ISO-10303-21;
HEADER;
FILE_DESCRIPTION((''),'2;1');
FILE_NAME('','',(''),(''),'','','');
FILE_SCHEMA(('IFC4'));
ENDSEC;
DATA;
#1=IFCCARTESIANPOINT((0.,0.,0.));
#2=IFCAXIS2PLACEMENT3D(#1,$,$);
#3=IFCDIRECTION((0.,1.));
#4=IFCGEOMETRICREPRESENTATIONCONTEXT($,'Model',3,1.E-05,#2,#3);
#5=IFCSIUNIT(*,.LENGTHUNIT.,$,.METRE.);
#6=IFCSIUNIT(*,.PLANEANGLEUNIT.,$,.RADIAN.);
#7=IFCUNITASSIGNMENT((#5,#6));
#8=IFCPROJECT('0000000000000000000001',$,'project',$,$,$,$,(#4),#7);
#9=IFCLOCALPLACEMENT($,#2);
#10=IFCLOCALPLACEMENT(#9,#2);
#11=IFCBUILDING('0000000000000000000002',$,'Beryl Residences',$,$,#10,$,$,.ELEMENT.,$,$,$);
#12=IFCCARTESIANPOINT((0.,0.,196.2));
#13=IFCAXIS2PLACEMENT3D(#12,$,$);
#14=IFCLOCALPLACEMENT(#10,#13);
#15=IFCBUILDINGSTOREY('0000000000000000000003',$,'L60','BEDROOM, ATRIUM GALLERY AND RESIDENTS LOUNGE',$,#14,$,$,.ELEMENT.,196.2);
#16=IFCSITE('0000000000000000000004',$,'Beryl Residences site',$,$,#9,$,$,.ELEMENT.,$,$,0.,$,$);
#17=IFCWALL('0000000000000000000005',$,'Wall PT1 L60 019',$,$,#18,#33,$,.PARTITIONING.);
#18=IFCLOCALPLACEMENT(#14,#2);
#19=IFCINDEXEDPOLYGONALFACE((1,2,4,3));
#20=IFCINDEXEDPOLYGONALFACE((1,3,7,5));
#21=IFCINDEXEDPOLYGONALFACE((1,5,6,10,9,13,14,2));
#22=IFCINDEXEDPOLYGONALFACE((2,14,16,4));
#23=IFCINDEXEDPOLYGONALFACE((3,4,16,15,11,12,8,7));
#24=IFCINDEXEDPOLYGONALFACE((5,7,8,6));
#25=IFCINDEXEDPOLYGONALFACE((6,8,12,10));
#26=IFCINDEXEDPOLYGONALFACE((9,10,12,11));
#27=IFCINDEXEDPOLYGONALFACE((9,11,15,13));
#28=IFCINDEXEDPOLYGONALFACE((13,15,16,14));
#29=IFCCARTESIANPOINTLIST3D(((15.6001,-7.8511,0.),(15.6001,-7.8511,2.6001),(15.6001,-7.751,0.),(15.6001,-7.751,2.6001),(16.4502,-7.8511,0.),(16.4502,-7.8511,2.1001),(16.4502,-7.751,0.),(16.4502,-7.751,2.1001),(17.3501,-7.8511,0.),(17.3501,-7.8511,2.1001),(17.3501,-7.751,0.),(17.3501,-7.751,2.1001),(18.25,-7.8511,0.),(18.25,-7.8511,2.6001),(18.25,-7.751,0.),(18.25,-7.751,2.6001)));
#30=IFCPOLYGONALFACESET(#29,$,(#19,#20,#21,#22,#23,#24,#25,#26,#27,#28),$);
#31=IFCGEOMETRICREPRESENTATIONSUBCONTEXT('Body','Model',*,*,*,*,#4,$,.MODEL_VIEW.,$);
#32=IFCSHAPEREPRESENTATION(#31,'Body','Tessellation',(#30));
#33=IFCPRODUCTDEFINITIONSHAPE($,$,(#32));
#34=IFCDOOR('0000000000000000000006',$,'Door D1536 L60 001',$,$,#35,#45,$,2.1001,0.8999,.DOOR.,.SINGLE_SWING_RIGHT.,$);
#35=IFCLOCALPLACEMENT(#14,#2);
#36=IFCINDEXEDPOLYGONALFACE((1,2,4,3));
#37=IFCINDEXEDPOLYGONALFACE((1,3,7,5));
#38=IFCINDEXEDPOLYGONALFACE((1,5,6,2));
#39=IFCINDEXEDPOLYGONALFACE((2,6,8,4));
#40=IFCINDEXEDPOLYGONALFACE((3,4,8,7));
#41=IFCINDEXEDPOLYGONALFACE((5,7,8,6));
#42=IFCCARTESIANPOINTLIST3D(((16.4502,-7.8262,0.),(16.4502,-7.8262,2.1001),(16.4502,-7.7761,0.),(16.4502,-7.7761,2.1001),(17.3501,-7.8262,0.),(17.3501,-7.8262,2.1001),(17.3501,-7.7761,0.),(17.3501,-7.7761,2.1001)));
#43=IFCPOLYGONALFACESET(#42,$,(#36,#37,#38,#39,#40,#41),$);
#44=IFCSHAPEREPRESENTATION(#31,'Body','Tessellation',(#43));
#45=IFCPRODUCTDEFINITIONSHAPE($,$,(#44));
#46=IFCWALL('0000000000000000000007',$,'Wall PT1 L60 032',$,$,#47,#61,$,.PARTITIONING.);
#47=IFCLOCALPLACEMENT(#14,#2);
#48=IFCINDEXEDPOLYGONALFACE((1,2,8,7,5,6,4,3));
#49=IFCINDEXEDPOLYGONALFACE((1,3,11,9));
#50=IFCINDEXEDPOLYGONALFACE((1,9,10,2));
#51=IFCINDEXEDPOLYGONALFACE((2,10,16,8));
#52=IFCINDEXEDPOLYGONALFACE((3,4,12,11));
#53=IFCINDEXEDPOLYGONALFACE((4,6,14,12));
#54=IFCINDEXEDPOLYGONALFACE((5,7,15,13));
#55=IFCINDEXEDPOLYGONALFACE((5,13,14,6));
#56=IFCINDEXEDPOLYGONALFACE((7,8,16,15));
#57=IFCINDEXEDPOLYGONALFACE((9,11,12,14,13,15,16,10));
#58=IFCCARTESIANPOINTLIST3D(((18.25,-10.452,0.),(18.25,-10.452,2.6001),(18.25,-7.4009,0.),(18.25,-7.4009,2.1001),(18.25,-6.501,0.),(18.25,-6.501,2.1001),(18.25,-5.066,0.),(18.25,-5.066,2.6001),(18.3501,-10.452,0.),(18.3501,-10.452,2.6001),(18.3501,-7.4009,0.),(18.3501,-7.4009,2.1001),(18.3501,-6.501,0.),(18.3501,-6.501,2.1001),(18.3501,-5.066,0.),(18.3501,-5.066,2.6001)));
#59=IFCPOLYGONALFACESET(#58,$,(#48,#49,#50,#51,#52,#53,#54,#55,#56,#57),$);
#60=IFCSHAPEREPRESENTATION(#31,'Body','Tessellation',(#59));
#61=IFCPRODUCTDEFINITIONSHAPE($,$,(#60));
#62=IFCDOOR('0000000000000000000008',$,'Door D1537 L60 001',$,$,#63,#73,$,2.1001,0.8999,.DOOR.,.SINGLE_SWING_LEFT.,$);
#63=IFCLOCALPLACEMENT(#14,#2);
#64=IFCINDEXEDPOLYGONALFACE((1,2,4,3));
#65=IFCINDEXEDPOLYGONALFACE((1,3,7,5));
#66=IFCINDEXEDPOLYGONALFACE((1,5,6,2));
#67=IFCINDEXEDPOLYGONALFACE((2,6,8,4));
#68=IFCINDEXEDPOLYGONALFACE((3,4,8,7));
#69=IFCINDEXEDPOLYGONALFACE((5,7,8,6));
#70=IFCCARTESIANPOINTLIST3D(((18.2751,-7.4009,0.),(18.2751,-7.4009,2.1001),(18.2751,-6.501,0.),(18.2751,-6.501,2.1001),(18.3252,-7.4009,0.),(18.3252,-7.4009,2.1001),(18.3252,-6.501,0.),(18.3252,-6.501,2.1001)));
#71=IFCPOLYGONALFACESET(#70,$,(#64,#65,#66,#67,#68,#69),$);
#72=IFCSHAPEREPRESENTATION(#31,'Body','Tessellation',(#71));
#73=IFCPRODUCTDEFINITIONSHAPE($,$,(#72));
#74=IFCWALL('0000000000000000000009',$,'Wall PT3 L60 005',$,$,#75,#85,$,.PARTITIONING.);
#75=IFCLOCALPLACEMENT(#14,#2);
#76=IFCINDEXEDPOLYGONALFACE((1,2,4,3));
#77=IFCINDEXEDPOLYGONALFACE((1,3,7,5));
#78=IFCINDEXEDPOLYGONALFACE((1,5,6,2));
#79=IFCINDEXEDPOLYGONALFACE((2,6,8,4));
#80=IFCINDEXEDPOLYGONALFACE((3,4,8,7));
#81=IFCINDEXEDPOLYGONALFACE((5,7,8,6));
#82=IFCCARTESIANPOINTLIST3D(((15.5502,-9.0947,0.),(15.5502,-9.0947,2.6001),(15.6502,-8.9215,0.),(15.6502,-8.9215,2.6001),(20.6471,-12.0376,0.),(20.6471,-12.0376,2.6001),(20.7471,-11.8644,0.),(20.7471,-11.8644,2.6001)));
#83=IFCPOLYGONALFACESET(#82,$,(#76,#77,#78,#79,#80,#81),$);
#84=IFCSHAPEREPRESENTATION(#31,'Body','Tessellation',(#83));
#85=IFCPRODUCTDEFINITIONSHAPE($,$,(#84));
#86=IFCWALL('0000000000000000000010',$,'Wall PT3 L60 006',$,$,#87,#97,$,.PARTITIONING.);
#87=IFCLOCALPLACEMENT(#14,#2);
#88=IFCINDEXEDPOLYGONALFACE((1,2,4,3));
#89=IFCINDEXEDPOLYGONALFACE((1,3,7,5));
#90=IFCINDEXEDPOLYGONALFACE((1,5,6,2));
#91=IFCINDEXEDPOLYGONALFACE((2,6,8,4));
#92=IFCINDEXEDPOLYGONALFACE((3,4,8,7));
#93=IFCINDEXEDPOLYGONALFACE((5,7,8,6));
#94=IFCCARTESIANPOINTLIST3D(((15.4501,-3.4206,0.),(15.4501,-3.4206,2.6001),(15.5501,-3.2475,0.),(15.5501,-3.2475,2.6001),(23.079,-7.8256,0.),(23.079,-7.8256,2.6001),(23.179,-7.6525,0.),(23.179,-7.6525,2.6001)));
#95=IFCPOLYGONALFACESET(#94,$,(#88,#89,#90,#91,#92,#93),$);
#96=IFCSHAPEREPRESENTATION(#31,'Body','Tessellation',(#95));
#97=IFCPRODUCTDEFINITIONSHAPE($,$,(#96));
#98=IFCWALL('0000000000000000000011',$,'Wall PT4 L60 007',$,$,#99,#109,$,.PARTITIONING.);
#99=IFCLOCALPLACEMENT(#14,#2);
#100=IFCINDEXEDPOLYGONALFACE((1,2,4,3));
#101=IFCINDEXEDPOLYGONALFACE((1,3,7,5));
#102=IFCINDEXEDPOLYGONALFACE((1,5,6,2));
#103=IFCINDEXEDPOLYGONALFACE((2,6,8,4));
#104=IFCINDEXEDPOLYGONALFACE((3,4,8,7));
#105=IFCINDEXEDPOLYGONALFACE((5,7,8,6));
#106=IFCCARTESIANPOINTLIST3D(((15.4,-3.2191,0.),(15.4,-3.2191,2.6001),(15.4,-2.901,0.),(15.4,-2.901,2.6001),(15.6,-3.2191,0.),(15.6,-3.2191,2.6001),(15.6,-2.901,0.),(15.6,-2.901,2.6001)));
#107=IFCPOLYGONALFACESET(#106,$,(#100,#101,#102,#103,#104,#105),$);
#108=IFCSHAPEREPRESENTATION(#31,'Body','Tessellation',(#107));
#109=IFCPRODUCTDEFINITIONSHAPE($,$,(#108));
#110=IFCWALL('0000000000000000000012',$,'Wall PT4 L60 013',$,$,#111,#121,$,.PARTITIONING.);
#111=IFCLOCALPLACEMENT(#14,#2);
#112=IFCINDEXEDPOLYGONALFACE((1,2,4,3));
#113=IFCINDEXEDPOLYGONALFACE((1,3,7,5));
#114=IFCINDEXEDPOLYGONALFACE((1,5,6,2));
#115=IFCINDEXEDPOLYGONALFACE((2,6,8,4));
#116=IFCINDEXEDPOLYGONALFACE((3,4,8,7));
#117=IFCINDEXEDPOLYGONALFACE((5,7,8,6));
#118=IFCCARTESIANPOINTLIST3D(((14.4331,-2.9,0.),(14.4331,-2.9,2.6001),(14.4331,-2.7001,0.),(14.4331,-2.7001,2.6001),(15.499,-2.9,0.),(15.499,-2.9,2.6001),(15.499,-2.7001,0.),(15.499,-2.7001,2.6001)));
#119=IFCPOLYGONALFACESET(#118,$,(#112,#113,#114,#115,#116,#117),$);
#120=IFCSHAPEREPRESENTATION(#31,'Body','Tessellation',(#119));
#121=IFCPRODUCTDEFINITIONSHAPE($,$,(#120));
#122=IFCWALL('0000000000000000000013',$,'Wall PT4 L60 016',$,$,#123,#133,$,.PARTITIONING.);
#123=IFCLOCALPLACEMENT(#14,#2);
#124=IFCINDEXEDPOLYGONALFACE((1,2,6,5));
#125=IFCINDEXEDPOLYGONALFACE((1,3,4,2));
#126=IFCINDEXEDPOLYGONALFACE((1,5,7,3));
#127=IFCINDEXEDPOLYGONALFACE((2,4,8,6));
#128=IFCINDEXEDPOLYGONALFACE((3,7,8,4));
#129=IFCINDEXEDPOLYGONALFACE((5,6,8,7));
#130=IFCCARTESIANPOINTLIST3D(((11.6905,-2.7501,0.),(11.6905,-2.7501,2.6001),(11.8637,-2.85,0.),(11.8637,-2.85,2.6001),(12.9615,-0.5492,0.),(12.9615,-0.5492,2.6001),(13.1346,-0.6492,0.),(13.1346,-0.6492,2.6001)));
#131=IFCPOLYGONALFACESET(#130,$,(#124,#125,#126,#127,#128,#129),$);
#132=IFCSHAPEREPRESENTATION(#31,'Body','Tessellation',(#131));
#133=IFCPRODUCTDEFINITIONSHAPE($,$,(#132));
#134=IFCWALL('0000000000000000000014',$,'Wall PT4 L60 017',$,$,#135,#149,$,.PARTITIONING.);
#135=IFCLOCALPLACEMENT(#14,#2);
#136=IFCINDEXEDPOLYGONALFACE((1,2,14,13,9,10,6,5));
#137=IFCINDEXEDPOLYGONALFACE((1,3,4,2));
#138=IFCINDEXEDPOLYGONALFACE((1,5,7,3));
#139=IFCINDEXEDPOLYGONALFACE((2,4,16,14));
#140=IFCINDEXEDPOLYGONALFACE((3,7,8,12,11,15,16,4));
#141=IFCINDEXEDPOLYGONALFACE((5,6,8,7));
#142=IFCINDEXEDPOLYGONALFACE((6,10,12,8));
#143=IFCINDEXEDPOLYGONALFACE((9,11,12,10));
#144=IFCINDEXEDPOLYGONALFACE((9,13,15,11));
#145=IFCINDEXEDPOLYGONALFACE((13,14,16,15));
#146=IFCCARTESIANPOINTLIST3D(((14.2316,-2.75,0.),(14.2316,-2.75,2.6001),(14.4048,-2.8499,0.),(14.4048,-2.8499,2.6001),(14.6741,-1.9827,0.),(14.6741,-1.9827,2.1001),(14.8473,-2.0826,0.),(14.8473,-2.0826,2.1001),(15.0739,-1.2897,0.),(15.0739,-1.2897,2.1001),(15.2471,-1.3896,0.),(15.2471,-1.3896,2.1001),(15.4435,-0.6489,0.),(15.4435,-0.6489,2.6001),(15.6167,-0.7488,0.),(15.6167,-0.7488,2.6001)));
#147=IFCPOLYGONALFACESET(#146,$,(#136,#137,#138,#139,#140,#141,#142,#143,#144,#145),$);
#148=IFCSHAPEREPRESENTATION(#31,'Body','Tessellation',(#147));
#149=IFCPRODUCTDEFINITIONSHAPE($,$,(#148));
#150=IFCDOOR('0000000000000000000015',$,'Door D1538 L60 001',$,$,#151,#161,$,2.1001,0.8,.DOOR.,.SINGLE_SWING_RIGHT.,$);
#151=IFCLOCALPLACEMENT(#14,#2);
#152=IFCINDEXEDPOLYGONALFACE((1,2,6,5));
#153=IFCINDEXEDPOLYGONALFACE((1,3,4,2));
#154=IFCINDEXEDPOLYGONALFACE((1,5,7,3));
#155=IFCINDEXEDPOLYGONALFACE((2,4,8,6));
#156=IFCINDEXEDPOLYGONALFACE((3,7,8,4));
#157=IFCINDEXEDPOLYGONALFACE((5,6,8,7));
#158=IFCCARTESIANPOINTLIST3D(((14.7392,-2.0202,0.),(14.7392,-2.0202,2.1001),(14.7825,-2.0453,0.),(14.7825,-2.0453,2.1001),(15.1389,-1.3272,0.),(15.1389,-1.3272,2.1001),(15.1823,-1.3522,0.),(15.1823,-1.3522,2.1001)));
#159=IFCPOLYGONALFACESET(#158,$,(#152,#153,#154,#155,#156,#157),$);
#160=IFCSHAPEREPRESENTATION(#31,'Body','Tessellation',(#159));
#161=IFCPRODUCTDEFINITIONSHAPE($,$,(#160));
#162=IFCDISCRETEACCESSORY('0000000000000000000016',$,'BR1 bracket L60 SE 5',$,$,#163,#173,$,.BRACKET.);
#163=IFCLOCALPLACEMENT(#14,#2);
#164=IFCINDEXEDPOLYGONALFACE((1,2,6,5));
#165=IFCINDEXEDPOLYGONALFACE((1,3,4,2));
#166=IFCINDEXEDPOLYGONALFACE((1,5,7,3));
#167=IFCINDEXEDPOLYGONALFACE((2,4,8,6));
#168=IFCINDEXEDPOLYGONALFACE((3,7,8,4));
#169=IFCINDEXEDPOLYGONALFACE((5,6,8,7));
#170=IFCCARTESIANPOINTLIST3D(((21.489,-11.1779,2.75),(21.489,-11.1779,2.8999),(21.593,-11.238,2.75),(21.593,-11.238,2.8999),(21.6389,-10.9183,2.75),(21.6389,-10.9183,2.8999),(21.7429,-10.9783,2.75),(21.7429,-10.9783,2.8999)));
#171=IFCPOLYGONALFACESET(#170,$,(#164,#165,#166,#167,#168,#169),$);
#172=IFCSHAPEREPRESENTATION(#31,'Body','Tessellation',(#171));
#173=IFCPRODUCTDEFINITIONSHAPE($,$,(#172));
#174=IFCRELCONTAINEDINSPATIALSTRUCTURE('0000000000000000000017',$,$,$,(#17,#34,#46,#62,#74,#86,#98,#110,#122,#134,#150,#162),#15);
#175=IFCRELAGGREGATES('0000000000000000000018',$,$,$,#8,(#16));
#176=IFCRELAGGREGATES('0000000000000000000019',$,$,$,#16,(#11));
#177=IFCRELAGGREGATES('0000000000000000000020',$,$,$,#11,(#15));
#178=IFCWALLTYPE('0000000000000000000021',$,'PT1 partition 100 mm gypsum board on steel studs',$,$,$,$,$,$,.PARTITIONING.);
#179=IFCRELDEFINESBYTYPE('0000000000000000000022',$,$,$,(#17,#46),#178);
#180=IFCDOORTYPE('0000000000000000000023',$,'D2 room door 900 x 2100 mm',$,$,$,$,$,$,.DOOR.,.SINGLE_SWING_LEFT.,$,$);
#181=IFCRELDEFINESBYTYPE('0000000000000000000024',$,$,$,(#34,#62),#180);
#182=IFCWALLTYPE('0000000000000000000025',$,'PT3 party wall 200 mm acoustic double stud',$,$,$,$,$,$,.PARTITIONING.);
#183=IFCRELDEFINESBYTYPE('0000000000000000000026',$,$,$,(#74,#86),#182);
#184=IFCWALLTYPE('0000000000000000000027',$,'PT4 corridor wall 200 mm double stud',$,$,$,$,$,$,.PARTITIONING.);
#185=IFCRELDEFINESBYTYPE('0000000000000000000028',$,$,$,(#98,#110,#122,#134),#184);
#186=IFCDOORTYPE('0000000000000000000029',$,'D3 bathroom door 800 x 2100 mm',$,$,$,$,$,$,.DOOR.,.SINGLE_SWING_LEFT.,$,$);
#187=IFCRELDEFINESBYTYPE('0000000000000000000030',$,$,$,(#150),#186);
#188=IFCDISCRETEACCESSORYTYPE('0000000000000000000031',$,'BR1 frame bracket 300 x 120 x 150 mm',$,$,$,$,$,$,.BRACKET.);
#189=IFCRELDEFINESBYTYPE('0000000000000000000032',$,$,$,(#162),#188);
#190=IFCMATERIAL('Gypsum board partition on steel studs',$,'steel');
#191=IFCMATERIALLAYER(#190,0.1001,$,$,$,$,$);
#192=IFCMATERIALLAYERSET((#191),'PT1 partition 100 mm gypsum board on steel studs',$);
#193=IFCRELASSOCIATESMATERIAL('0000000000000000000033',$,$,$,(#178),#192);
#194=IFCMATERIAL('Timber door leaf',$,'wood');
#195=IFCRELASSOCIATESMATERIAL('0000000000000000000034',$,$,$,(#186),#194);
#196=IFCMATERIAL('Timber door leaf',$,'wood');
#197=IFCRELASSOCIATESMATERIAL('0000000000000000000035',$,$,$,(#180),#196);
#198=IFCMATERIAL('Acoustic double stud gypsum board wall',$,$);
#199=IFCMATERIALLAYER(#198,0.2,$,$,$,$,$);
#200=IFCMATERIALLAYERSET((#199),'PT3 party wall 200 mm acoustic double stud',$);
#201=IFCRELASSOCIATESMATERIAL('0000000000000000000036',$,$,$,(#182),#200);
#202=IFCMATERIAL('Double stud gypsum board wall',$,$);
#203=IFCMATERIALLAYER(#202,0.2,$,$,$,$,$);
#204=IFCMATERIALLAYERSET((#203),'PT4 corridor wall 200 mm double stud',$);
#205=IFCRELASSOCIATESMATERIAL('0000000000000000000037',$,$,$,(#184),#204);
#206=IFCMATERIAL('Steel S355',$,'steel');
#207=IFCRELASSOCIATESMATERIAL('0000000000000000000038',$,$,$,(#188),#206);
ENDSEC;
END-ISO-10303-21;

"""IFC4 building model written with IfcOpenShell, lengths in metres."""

from ifc_helpers import new_model, si_unit, direction, frame, frame_2d, origin, place, context, subcontext, project, spatial, polyline, rectangle, outline, extrude, source, transform, mapped, material, layer, layer_set, type_object, type_shapes, element, fill, save


model = new_model("IFC4")

# Units and contexts
model_context = context("Model", 3, precision=1e-05, world=origin(), true_north=direction((0.0, 1.0)))
body_context = subcontext(model_context, "Body", "Model", "MODEL_VIEW")
ifc_project = project(units=[si_unit("LENGTHUNIT", "METRE"), si_unit("PLANEANGLEUNIT", "RADIAN")], contexts=[model_context])

# Site, building, storey
site_placement = place(None, origin())
site = spatial("IfcSite", under=ifc_project, at=site_placement, Name="Beryl Residences site", CompositionType="ELEMENT", RefElevation=0.0)
building_placement = place(site_placement, origin())
building = spatial("IfcBuilding", under=site, at=building_placement, Name="Beryl Residences", CompositionType="ELEMENT")
storey_placement = place(building_placement, frame((0.0, 0.0, 196.2)))
storey = spatial("IfcBuildingStorey", under=building, at=storey_placement, Name="L60", Description="BEDROOM, ATRIUM GALLERY AND RESIDENTS LOUNGE", CompositionType="ELEMENT", Elevation=196.2)

# Walls, openings, doors
ifc_material_1 = material(Name="Gypsum board partition on steel studs", Category="steel")
ifc_layer_1 = layer(ifc_material_1, 0.1001)
ifc_layer_set_1 = layer_set([ifc_layer_1], Name="PT1 partition 100 mm gypsum board on steel studs")
wall_type_1 = type_object("IfcWallType", Name="PT1 partition 100 mm gypsum board on steel studs", PredefinedType="PARTITIONING", material=ifc_layer_set_1)
ifc_material_2 = material(Name="Timber door leaf", Category="wood")
door_type_1 = type_object("IfcDoorType", Name="D3 bathroom door 800 x 2100 mm", OperationType="SINGLE_SWING_LEFT", PredefinedType="DOOR", material=ifc_material_2)
wall_1_placement = place(storey_placement, frame((15.6001, -7.801, 0.0), z_axis=(0.0, 0.0, 1.0), x_axis=(1.0, 0.0, 0.0)))
wall_1 = element("IfcWall", 1, at=wall_1_placement, inside=storey, type_object=wall_type_1, Name="Wall PT1 L60 019", PredefinedType="PARTITIONING", context=body_context, shape_type="SweptSolid", body=[
    extrude(rectangle(XDim=2.6499, YDim=0.1001, at=frame_2d((1.325, 0.0))), origin(), (0.0, 0.0, 1.0), 2.6001),
])
opening_1_placement = place(wall_1_placement, frame((0.8501, 0.0, 0.0)))
opening_1 = element("IfcOpeningElement", 2, at=opening_1_placement, cuts=wall_1, PredefinedType="OPENING", context=body_context, shape_type="SweptSolid", body=[
    extrude(rectangle(XDim=0.8999, YDim=2.1001, at=frame_2d((0.45, 1.05))), frame((0.0, 0.0601, 0.0), z_axis=(0.0, -1.0, 0.0), x_axis=(1.0, 0.0, 0.0)), (0.0, 0.0, 1.0), 0.1201),
])
ifc_material_3 = material(Name="Timber door leaf", Category="wood")
door_type_2 = type_object("IfcDoorType", Name="D2 room door 900 x 2100 mm", OperationType="SINGLE_SWING_LEFT", PredefinedType="DOOR", material=ifc_material_3)
door_1_placement = place(opening_1_placement, origin())
door_1 = element("IfcDoor", 3, at=door_1_placement, inside=storey, type_object=door_type_2, Name="Door D1536 L60 001", OperationType="SINGLE_SWING_RIGHT", OverallHeight=2.1001, OverallWidth=0.8999, PredefinedType="DOOR", context=body_context, shape_type="SweptSolid", body=[
    extrude(rectangle(XDim=0.8999, YDim=2.1001, at=frame_2d((0.45, 1.05))), frame((0.0, 0.0249, 0.0), z_axis=(0.0, -1.0, 0.0), x_axis=(1.0, 0.0, 0.0)), (0.0, 0.0, 1.0), 0.05),
])
fill(opening_1, door_1)
wall_2_placement = place(storey_placement, frame((18.3, -10.4519, 0.0), z_axis=(0.0, 0.0, 1.0), x_axis=(0.0, 1.0, 0.0)))
wall_2 = element("IfcWall", 4, at=wall_2_placement, inside=storey, type_object=wall_type_1, Name="Wall PT1 L60 032", PredefinedType="PARTITIONING", context=body_context, shape_type="SweptSolid", body=[
    extrude(rectangle(XDim=5.386, YDim=0.1001, at=frame_2d((2.6929, 0.0))), origin(), (0.0, 0.0, 1.0), 2.6001),
])
opening_2_placement = place(wall_2_placement, frame((3.051, 0.0, 0.0)))
opening_2 = element("IfcOpeningElement", 5, at=opening_2_placement, cuts=wall_2, PredefinedType="OPENING", context=body_context, shape_type="SweptSolid", body=[
    extrude(rectangle(XDim=0.8999, YDim=2.1001, at=frame_2d((0.45, 1.05))), frame((0.0, 0.0601, 0.0), z_axis=(0.0, -1.0, 0.0), x_axis=(1.0, 0.0, 0.0)), (0.0, 0.0, 1.0), 0.1201),
])
door_2_placement = place(opening_2_placement, origin())
door_2 = element("IfcDoor", 6, at=door_2_placement, inside=storey, type_object=door_type_2, Name="Door D1537 L60 001", OperationType="SINGLE_SWING_LEFT", OverallHeight=2.1001, OverallWidth=0.8999, PredefinedType="DOOR", context=body_context, shape_type="SweptSolid", body=[
    extrude(rectangle(XDim=0.8999, YDim=2.1001, at=frame_2d((0.45, 1.05))), frame((0.0, 0.0249, 0.0), z_axis=(0.0, -1.0, 0.0), x_axis=(1.0, 0.0, 0.0)), (0.0, 0.0, 1.0), 0.05),
])
fill(opening_2, door_2)

# Walls
ifc_material_4 = material(Name="Acoustic double stud gypsum board wall")
ifc_layer_2 = layer(ifc_material_4, 0.2)
ifc_layer_set_2 = layer_set([ifc_layer_2], Name="PT3 party wall 200 mm acoustic double stud")
wall_type_2 = type_object("IfcWallType", Name="PT3 party wall 200 mm acoustic double stud", PredefinedType="PARTITIONING", material=ifc_layer_set_2)
wall_3_placement = place(storey_placement, frame((15.6001, -9.0081, 0.0), z_axis=(0.0, 0.0, 1.0), x_axis=(0.866014, -0.50002, 0.0)))
element("IfcWall", 7, at=wall_3_placement, inside=storey, type_object=wall_type_2, Name="Wall PT3 L60 005", PredefinedType="PARTITIONING", context=body_context, shape_type="SweptSolid", body=[
    extrude(rectangle(XDim=5.8855, YDim=0.2, at=frame_2d((2.9429, 0.0))), origin(), (0.0, 0.0, 1.0), 2.6001),
])
wall_4_placement = place(storey_placement, frame((15.5, -3.334, 0.0), z_axis=(0.0, 0.0, 1.0), x_axis=(0.866002, -0.500041, 0.0)))
element("IfcWall", 8, at=wall_4_placement, inside=storey, type_object=wall_type_2, Name="Wall PT3 L60 006", PredefinedType="PARTITIONING", context=body_context, shape_type="SweptSolid", body=[
    extrude(rectangle(XDim=8.8093, YDim=0.2, at=frame_2d((4.4048, 0.0))), origin(), (0.0, 0.0, 1.0), 2.6001),
])
ifc_material_5 = material(Name="Double stud gypsum board wall")
ifc_layer_3 = layer(ifc_material_5, 0.2)
ifc_layer_set_3 = layer_set([ifc_layer_3], Name="PT4 corridor wall 200 mm double stud")
wall_type_3 = type_object("IfcWallType", Name="PT4 corridor wall 200 mm double stud", PredefinedType="PARTITIONING", material=ifc_layer_set_3)
wall_5_placement = place(storey_placement, frame((15.5, -2.9009, 0.0), z_axis=(0.0, 0.0, 1.0), x_axis=(0.0, -1.0, 0.0)))
element("IfcWall", 9, at=wall_5_placement, inside=storey, type_object=wall_type_3, Name="Wall PT4 L60 007", PredefinedType="PARTITIONING", context=body_context, shape_type="SweptSolid", body=[
    extrude(rectangle(XDim=0.3181, YDim=0.2, at=frame_2d((0.1592, 0.0))), origin(), (0.0, 0.0, 1.0), 2.6001),
])
wall_6_placement = place(storey_placement, frame((14.4331, -2.8, 0.0), z_axis=(0.0, 0.0, 1.0), x_axis=(1.0, 0.0, 0.0)))
element("IfcWall", 10, at=wall_6_placement, inside=storey, type_object=wall_type_3, Name="Wall PT4 L60 013", PredefinedType="PARTITIONING", context=body_context, shape_type="SweptSolid", body=[
    extrude(rectangle(XDim=1.0659, YDim=0.2, at=frame_2d((0.533, 0.0))), origin(), (0.0, 0.0, 1.0), 2.6001),
])
wall_7_placement = place(storey_placement, frame((11.7771, -2.8, 0.0), z_axis=(0.0, 0.0, 1.0), x_axis=(0.500086, 0.865976, 0.0)))
element("IfcWall", 11, at=wall_7_placement, inside=storey, type_object=wall_type_3, Name="Wall PT4 L60 016", PredefinedType="PARTITIONING", context=body_context, shape_type="SweptSolid", body=[
    extrude(rectangle(XDim=2.5415, YDim=0.2, at=frame_2d((1.2708, 0.0))), origin(), (0.0, 0.0, 1.0), 2.6001),
])

# Wall, opening, door
wall_8_placement = place(storey_placement, frame((14.3181, -2.8, 0.0), z_axis=(0.0, 0.0, 1.0), x_axis=(0.499647, 0.866229, 0.0)))
wall_8 = element("IfcWall", 12, at=wall_8_placement, inside=storey, type_object=wall_type_3, Name="Wall PT4 L60 017", PredefinedType="PARTITIONING", context=body_context, shape_type="SweptSolid", body=[
    extrude(rectangle(XDim=2.4255, YDim=0.2, at=frame_2d((1.2129, 0.0))), origin(), (0.0, 0.0, 1.0), 2.6001),
])
opening_3_placement = place(wall_8_placement, frame((0.886, 0.0, 0.0)))
opening_3 = element("IfcOpeningElement", 13, at=opening_3_placement, cuts=wall_8, PredefinedType="OPENING", context=body_context, shape_type="SweptSolid", body=[
    extrude(rectangle(XDim=0.8, YDim=2.1001, at=frame_2d((0.3999, 1.05))), frame((0.0, 0.1099, 0.0), z_axis=(0.0, -1.0, 0.0), x_axis=(1.0, 0.0, 0.0)), (0.0, 0.0, 1.0), 0.22),
])
door_3_placement = place(opening_3_placement, origin())
door_3 = element("IfcDoor", 14, at=door_3_placement, inside=storey, type_object=door_type_1, Name="Door D1538 L60 001", OperationType="SINGLE_SWING_RIGHT", OverallHeight=2.1001, OverallWidth=0.8, PredefinedType="DOOR", context=body_context, shape_type="SweptSolid", body=[
    extrude(rectangle(XDim=0.8, YDim=2.1001, at=frame_2d((0.3999, 1.05))), frame((0.0, 0.0249, 0.0), z_axis=(0.0, -1.0, 0.0), x_axis=(1.0, 0.0, 0.0)), (0.0, 0.0, 1.0), 0.05),
])
fill(opening_3, door_3)

# Discrete accessory
ifc_material_6 = material(Name="Steel S355", Category="steel")
discrete_accessory_type = type_object("IfcDiscreteAccessoryType", Name="BR1 frame bracket 300 x 120 x 150 mm", PredefinedType="BRACKET", material=ifc_material_6)
shared_shape_1 = source(origin(), body_context, "Body", "SweptSolid", [
    extrude(outline(polyline([(-0.1499, 0.0), (0.1499, 0.0), (0.1499, 0.1201), (-0.1499, 0.1201), (-0.1499, 0.0)])), origin(), (0.0, 0.0, 1.0), 0.1499),
])
type_shapes(discrete_accessory_type, [shared_shape_1])
discrete_accessory_placement = place(storey_placement, frame((21.564, -11.0481, 2.75), z_axis=(0.0, 0.0, 1.0), x_axis=(-0.5, -0.866025, 0.0)))
element("IfcDiscreteAccessory", 15, at=discrete_accessory_placement, inside=storey, type_object=discrete_accessory_type, Name="BR1 bracket L60 SE 5", PredefinedType="BRACKET", context=body_context, shape_type="MappedRepresentation", body=[
    mapped(shared_shape_1, transform((0.0, 0.0, 0.0))),
])

save(model, "model.ifc")
